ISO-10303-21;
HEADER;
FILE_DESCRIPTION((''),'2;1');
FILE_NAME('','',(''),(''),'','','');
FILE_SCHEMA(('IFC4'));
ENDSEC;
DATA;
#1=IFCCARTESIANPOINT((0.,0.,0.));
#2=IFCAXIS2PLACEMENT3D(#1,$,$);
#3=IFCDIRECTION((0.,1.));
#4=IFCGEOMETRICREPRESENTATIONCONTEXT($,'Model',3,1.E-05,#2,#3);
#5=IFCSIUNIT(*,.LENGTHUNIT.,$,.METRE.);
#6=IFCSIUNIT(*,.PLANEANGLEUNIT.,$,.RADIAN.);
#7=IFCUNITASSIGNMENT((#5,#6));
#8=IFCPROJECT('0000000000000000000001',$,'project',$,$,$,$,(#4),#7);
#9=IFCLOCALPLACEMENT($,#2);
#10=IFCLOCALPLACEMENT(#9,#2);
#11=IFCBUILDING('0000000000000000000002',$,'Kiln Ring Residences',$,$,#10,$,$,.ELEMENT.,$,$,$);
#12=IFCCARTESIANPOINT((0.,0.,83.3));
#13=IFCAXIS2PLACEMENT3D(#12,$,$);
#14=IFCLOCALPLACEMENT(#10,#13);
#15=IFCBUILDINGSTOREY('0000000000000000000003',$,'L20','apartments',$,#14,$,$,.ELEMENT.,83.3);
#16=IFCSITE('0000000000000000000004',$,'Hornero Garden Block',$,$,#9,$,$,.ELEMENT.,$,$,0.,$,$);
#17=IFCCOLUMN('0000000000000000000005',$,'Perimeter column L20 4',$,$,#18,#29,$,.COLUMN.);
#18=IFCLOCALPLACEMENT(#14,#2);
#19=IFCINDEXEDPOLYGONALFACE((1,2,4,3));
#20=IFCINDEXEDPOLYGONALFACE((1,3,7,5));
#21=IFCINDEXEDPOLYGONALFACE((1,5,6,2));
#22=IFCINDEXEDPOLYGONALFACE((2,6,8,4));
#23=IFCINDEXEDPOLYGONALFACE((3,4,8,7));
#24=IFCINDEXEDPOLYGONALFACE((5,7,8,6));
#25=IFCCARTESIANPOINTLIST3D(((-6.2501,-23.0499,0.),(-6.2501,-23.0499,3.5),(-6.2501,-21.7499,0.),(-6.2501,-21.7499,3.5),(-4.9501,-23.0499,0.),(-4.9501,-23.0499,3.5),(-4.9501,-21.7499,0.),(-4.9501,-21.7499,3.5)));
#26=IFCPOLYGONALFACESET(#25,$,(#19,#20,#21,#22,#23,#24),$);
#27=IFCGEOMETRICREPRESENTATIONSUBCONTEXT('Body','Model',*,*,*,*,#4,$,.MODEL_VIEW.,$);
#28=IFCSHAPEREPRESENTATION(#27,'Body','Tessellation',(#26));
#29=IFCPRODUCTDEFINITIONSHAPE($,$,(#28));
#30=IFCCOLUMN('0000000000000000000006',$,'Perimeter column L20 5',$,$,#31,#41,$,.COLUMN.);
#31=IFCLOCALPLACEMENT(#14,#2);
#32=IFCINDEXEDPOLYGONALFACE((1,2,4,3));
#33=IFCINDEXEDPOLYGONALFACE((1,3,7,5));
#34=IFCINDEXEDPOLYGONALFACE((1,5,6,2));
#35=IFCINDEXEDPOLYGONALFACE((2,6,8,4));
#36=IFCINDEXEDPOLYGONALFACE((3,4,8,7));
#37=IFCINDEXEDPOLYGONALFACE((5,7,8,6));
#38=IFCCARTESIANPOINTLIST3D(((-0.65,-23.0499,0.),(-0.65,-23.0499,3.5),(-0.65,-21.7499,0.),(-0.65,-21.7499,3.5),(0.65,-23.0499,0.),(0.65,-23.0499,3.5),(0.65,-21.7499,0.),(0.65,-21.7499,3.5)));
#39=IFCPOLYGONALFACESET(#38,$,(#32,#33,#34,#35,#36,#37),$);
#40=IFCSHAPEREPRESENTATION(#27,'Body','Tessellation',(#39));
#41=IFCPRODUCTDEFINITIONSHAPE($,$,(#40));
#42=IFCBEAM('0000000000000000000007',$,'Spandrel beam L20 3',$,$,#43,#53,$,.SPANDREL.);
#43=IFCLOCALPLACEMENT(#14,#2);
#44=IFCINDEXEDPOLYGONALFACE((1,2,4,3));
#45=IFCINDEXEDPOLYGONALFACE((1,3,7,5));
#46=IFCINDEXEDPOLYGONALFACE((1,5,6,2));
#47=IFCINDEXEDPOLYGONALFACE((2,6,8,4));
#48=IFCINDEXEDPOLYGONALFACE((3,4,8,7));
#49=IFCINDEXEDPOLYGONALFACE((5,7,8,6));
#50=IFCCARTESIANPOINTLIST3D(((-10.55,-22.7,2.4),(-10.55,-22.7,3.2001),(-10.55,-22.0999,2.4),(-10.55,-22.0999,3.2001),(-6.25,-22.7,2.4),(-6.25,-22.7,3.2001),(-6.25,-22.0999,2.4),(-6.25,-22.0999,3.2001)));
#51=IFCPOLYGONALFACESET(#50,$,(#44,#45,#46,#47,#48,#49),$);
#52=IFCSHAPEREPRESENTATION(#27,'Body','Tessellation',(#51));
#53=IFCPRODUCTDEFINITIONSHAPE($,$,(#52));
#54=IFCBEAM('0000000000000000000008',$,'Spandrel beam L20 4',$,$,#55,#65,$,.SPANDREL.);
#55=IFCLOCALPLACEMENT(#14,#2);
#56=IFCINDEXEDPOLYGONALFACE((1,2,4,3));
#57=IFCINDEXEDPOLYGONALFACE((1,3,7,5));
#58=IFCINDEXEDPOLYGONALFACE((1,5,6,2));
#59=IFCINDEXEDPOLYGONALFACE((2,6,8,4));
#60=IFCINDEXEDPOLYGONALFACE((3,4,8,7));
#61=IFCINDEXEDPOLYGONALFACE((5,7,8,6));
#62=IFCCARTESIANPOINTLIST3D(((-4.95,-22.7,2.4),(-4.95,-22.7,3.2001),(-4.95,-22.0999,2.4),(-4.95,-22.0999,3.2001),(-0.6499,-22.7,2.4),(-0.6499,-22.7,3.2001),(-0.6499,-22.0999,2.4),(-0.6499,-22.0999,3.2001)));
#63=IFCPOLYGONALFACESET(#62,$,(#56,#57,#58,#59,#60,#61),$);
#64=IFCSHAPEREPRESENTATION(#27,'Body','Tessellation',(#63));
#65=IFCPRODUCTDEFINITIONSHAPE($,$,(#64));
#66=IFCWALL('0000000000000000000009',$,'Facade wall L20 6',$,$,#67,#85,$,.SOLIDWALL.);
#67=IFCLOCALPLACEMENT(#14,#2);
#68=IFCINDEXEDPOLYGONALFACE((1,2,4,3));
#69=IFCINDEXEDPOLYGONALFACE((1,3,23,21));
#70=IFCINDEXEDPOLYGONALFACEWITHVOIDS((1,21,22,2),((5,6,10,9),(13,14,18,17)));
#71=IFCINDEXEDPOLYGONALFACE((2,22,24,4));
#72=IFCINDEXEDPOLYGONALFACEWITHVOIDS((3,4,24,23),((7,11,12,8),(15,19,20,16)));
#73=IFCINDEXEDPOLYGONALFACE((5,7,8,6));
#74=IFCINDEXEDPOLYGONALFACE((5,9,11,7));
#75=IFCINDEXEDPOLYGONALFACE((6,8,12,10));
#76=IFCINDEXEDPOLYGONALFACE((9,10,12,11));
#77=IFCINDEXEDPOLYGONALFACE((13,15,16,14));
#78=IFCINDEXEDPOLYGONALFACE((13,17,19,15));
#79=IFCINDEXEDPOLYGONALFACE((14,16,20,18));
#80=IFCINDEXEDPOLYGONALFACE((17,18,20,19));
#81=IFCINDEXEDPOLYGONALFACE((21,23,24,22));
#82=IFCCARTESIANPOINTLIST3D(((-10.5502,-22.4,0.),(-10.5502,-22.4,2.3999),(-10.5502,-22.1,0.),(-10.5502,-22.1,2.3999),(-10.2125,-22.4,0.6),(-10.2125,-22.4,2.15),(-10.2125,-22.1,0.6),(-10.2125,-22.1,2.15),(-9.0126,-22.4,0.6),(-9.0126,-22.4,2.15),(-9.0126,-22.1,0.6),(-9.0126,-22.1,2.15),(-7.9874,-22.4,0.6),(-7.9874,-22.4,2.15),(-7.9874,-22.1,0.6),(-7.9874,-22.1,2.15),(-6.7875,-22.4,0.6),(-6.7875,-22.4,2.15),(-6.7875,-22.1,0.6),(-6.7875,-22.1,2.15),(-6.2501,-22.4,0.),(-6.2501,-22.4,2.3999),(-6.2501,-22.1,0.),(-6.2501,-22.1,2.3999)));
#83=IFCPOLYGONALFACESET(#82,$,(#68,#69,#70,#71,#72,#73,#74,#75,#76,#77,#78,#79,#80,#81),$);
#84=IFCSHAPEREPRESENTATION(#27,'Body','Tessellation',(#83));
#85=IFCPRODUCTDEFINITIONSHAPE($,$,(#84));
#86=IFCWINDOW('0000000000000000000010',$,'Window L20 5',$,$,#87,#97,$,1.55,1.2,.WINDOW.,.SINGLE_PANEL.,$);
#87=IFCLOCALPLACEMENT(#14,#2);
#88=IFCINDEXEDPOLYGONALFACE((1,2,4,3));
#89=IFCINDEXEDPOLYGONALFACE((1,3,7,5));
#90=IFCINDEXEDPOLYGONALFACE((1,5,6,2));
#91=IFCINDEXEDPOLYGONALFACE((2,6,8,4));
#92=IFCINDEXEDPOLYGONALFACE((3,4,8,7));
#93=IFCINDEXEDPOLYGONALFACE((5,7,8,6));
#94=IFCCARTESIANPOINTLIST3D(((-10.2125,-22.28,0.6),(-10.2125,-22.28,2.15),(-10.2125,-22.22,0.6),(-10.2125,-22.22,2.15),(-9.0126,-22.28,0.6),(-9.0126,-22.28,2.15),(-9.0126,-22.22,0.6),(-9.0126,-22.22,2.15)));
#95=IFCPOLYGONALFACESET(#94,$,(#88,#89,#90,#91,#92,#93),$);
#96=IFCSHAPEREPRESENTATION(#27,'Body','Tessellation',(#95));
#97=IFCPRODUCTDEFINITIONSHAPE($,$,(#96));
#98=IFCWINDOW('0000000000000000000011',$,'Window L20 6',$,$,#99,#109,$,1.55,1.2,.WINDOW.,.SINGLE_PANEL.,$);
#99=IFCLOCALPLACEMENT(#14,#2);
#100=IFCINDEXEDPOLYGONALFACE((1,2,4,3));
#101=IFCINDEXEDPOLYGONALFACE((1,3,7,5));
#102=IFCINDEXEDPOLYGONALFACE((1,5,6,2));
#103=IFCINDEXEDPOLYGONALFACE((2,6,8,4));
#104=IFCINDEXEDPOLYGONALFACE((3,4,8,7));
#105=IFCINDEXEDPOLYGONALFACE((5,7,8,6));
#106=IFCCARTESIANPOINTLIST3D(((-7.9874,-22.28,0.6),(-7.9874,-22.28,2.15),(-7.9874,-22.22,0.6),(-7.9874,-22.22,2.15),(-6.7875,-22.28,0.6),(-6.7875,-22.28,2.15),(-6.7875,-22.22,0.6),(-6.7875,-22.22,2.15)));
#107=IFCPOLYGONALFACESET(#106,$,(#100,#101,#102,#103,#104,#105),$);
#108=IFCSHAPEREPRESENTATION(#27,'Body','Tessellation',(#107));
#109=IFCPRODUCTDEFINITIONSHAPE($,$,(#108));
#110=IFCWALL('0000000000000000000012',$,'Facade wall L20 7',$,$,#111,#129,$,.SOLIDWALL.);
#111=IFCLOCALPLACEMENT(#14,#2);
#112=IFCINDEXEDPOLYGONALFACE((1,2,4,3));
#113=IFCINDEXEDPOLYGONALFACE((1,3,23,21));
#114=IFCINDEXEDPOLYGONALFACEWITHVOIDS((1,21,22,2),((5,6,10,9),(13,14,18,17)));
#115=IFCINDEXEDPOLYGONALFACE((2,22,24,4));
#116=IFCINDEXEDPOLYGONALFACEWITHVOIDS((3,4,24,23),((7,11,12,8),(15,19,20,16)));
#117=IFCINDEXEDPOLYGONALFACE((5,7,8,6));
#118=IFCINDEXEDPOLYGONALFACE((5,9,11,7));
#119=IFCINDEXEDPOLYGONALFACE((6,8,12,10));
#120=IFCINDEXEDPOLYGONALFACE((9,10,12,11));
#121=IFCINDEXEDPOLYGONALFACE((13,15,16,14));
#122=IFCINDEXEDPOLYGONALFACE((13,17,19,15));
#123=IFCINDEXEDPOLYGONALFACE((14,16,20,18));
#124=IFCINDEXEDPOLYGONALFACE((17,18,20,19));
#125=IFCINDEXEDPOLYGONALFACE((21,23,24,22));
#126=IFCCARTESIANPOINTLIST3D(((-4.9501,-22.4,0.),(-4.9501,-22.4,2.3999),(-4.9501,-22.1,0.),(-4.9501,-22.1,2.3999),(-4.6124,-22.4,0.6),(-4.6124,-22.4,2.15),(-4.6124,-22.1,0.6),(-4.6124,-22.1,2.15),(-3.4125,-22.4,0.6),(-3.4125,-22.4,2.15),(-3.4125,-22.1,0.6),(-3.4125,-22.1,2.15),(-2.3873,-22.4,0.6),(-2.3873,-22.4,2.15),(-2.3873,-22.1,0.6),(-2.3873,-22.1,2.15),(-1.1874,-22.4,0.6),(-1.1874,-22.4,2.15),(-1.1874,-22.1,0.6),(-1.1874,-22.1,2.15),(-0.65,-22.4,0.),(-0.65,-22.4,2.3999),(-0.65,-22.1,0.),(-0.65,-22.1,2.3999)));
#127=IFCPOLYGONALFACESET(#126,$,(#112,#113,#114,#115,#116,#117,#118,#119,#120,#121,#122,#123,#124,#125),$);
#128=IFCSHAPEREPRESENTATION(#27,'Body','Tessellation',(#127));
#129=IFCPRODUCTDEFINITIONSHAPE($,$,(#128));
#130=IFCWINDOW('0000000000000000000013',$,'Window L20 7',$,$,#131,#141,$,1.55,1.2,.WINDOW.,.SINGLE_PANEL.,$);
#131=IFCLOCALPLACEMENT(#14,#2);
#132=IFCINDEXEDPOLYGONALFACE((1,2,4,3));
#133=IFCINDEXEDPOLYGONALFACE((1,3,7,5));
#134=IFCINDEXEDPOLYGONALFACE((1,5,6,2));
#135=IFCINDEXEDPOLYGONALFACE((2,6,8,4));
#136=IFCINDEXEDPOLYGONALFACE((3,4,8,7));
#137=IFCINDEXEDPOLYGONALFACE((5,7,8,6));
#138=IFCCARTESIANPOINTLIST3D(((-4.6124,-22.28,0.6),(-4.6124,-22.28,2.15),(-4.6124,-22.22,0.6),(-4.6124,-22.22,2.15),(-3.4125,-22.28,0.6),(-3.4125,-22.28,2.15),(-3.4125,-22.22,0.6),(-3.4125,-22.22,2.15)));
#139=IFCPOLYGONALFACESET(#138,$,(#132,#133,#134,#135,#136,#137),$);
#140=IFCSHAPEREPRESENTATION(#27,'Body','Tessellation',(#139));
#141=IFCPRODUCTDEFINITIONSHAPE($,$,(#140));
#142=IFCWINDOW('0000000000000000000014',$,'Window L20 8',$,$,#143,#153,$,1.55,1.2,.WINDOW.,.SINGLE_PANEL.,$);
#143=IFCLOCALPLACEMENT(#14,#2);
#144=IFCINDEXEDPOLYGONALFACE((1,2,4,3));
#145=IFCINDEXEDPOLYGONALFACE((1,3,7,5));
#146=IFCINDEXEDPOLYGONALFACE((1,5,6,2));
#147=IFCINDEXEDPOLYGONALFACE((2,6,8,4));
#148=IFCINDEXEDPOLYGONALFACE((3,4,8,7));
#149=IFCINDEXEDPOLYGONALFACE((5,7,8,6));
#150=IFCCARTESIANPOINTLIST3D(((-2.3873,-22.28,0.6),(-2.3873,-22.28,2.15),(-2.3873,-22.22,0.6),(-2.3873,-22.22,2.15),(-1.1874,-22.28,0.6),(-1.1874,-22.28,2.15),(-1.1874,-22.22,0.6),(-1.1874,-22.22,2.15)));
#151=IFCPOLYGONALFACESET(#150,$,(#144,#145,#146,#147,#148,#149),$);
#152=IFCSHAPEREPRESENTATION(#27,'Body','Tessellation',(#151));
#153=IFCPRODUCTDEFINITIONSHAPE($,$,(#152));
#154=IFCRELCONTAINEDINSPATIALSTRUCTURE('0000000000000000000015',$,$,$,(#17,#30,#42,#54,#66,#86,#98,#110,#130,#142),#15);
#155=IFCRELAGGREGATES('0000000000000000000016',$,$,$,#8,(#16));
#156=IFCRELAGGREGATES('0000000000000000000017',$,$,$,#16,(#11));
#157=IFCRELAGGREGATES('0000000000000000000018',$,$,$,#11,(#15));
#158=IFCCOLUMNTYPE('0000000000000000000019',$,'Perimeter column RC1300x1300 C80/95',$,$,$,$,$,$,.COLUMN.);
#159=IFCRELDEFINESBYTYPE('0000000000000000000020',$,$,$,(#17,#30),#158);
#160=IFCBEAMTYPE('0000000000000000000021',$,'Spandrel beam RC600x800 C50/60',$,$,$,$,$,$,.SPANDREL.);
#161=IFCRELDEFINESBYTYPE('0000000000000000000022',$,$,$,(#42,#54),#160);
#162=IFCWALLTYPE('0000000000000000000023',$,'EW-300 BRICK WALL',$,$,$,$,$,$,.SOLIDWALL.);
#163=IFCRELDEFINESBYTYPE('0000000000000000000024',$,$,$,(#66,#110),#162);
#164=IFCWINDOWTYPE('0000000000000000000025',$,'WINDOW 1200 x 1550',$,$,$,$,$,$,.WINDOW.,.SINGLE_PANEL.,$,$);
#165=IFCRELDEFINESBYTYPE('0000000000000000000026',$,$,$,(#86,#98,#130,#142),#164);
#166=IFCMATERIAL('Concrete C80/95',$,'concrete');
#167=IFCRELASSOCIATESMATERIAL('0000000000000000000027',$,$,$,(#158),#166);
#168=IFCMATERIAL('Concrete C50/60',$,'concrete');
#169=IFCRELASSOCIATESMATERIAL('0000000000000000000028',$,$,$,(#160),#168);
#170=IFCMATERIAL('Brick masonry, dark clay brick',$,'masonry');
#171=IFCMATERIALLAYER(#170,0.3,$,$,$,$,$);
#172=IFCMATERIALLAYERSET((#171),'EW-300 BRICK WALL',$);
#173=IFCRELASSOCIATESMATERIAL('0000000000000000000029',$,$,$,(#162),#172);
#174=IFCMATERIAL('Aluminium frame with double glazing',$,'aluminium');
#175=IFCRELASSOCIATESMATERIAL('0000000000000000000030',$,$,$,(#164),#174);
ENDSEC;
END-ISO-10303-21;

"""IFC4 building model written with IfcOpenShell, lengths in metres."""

from ifc_helpers import new_model, si_unit, direction, frame, frame_2d, origin, origin_2d, place, context, subcontext, project, spatial, rectangle, extrude, material, layer, layer_set, material_profile, profile_set, type_object, element, fill, save


model = new_model("IFC4")

# Units and contexts
model_context = context("Model", 3, precision=1e-05, world=origin(), true_north=direction((0.0, 1.0)))
body_context = subcontext(model_context, "Body", "Model", "MODEL_VIEW")
ifc_project = project(units=[si_unit("LENGTHUNIT", "METRE"), si_unit("PLANEANGLEUNIT", "RADIAN")], contexts=[model_context])

# Site, building, storey
site_placement = place(None, origin())
site = spatial("IfcSite", under=ifc_project, at=site_placement, Name="Hornero Garden Block", CompositionType="ELEMENT", RefElevation=0.0)
building_placement = place(site_placement, origin())
building = spatial("IfcBuilding", under=site, at=building_placement, Name="Kiln Ring Residences", CompositionType="ELEMENT")
storey_placement = place(building_placement, frame((0.0, 0.0, 83.3)))
storey = spatial("IfcBuildingStorey", under=building, at=storey_placement, Name="L20", Description="apartments", CompositionType="ELEMENT", Elevation=83.3)

# Columns
ifc_material_1 = material(Name="Concrete C80/95", Category="concrete")
ifc_material_profile_1 = material_profile(ifc_material_1, rectangle(XDim=1.3, YDim=1.3, at=origin_2d()), Name="RC1300x1300")
ifc_profile_set_1 = profile_set([ifc_material_profile_1], Name="Concrete C80/95")
column_type = type_object("IfcColumnType", Name="Perimeter column RC1300x1300 C80/95", PredefinedType="COLUMN", material=ifc_profile_set_1)
for number, where, z_axis, x_axis, name in (
    (1, (-5.6001, -22.3999, 0.0), (0.0, 0.0, 1.0), (1.0, 0.0, 0.0), "Perimeter column L20 4"),
    (2, (0.0, -22.3999, 0.0), (0.0, 0.0, 1.0), (1.0, 0.0, 0.0), "Perimeter column L20 5"),
):
    element("IfcColumn", number, at=place(storey_placement, frame(where, z_axis=z_axis, x_axis=x_axis)), inside=storey, type_object=column_type, Name=name, PredefinedType="COLUMN", context=body_context, shape_type="SweptSolid", body=[
        extrude(rectangle(XDim=1.3, YDim=1.3, at=origin_2d()), origin(), (0.0, 0.0, 1.0), 3.5),
    ])

# Beams
ifc_material_2 = material(Name="Concrete C50/60", Category="concrete")
ifc_material_profile_2 = material_profile(ifc_material_2, rectangle(XDim=0.6001, YDim=0.8, at=origin_2d()), Name="RC600x800")
ifc_profile_set_2 = profile_set([ifc_material_profile_2], Name="Concrete C50/60")
beam_type = type_object("IfcBeamType", Name="Spandrel beam RC600x800 C50/60", PredefinedType="SPANDREL", material=ifc_profile_set_2)
for number, where, z_axis, x_axis, name in (
    (3, (-10.55, -22.3999, 2.8), (1.0, 0.0, 0.0), (0.0, 1.0, 0.0), "Spandrel beam L20 3"),
    (4, (-4.95, -22.3999, 2.8), (1.0, 0.0, 0.0), (0.0, 1.0, 0.0), "Spandrel beam L20 4"),
):
    element("IfcBeam", number, at=place(storey_placement, frame(where, z_axis=z_axis, x_axis=x_axis)), inside=storey, type_object=beam_type, Name=name, PredefinedType="SPANDREL", context=body_context, shape_type="SweptSolid", body=[
        extrude(rectangle(XDim=0.6001, YDim=0.8, at=origin_2d()), origin(), (0.0, 0.0, 1.0), 4.3),
    ])

# Walls, openings, windows
ifc_material_3 = material(Name="Brick masonry, dark clay brick", Category="masonry")
ifc_layer_1 = layer(ifc_material_3, 0.3)
ifc_layer_set_1 = layer_set([ifc_layer_1], Name="EW-300 BRICK WALL")
wall_type_1 = type_object("IfcWallType", Name="EW-300 BRICK WALL", PredefinedType="SOLIDWALL", material=ifc_layer_set_1)
wall_1_placement = place(storey_placement, frame((-10.55, -22.25, 0.0), z_axis=(0.0, 0.0, 1.0), x_axis=(1.0, 0.0, 0.0)))
wall_1 = element("IfcWall", 5, at=wall_1_placement, inside=storey, type_object=wall_type_1, Name="Facade wall L20 6", PredefinedType="SOLIDWALL", context=body_context, shape_type="SweptSolid", body=[
    extrude(rectangle(XDim=4.3, YDim=0.3, at=frame_2d((2.1499, 0.0))), origin(), (0.0, 0.0, 1.0), 2.3999),
])
opening_1_placement = place(wall_1_placement, frame((0.3374, 0.0, 0.6001)))
opening_1 = element("IfcOpeningElement", 6, at=opening_1_placement, cuts=wall_1, PredefinedType="OPENING", context=body_context, shape_type="SweptSolid", body=[
    extrude(rectangle(XDim=1.2, YDim=1.55, at=frame_2d((0.6001, 0.7749))), frame((0.0, 0.1599, 0.0), z_axis=(0.0, -1.0, 0.0), x_axis=(1.0, 0.0, 0.0)), (0.0, 0.0, 1.0), 0.3201),
])
opening_2_placement = place(wall_1_placement, frame((2.5625, 0.0, 0.6001)))
opening_2 = element("IfcOpeningElement", 7, at=opening_2_placement, cuts=wall_1, PredefinedType="OPENING", context=body_context, shape_type="SweptSolid", body=[
    extrude(rectangle(XDim=1.2, YDim=1.55, at=frame_2d((0.6001, 0.7749))), frame((0.0, 0.1599, 0.0), z_axis=(0.0, -1.0, 0.0), x_axis=(1.0, 0.0, 0.0)), (0.0, 0.0, 1.0), 0.3201),
])
ifc_material_4 = material(Name="Aluminium frame with double glazing", Category="aluminium")
window_type = type_object("IfcWindowType", Name="WINDOW 1200 x 1550", PartitioningType="SINGLE_PANEL", PredefinedType="WINDOW", material=ifc_material_4)
window_1_placement = place(opening_1_placement, origin())
window_1 = element("IfcWindow", 8, at=window_1_placement, inside=storey, type_object=window_type, Name="Window L20 5", OverallHeight=1.55, OverallWidth=1.2, PartitioningType="SINGLE_PANEL", PredefinedType="WINDOW", context=body_context, shape_type="SweptSolid", body=[
    extrude(rectangle(XDim=1.2, YDim=1.55, at=frame_2d((0.6001, 0.7749))), frame((0.0, 0.03, 0.0), z_axis=(0.0, -1.0, 0.0), x_axis=(1.0, 0.0, 0.0)), (0.0, 0.0, 1.0), 0.0601),
])
fill(opening_1, window_1)
window_2_placement = place(opening_2_placement, origin())
window_2 = element("IfcWindow", 9, at=window_2_placement, inside=storey, type_object=window_type, Name="Window L20 6", OverallHeight=1.55, OverallWidth=1.2, PartitioningType="SINGLE_PANEL", PredefinedType="WINDOW", context=body_context, shape_type="SweptSolid", body=[
    extrude(rectangle(XDim=1.2, YDim=1.55, at=frame_2d((0.6001, 0.7749))), frame((0.0, 0.03, 0.0), z_axis=(0.0, -1.0, 0.0), x_axis=(1.0, 0.0, 0.0)), (0.0, 0.0, 1.0), 0.0601),
])
fill(opening_2, window_2)
wall_2_placement = place(storey_placement, frame((-4.95, -22.25, 0.0), z_axis=(0.0, 0.0, 1.0), x_axis=(1.0, 0.0, 0.0)))
wall_2 = element("IfcWall", 10, at=wall_2_placement, inside=storey, type_object=wall_type_1, Name="Facade wall L20 7", PredefinedType="SOLIDWALL", context=body_context, shape_type="SweptSolid", body=[
    extrude(rectangle(XDim=4.3, YDim=0.3, at=frame_2d((2.1499, 0.0))), origin(), (0.0, 0.0, 1.0), 2.3999),
])
opening_3_placement = place(wall_2_placement, frame((0.3374, 0.0, 0.6001)))
opening_3 = element("IfcOpeningElement", 11, at=opening_3_placement, cuts=wall_2, PredefinedType="OPENING", context=body_context, shape_type="SweptSolid", body=[
    extrude(rectangle(XDim=1.2, YDim=1.55, at=frame_2d((0.6001, 0.7749))), frame((0.0, 0.1599, 0.0), z_axis=(0.0, -1.0, 0.0), x_axis=(1.0, 0.0, 0.0)), (0.0, 0.0, 1.0), 0.3201),
])
opening_4_placement = place(wall_2_placement, frame((2.5625, 0.0, 0.6001)))
opening_4 = element("IfcOpeningElement", 12, at=opening_4_placement, cuts=wall_2, PredefinedType="OPENING", context=body_context, shape_type="SweptSolid", body=[
    extrude(rectangle(XDim=1.2, YDim=1.55, at=frame_2d((0.6001, 0.7749))), frame((0.0, 0.1599, 0.0), z_axis=(0.0, -1.0, 0.0), x_axis=(1.0, 0.0, 0.0)), (0.0, 0.0, 1.0), 0.3201),
])
window_3_placement = place(opening_3_placement, origin())
window_3 = element("IfcWindow", 13, at=window_3_placement, inside=storey, type_object=window_type, Name="Window L20 7", OverallHeight=1.55, OverallWidth=1.2, PartitioningType="SINGLE_PANEL", PredefinedType="WINDOW", context=body_context, shape_type="SweptSolid", body=[
    extrude(rectangle(XDim=1.2, YDim=1.55, at=frame_2d((0.6001, 0.7749))), frame((0.0, 0.03, 0.0), z_axis=(0.0, -1.0, 0.0), x_axis=(1.0, 0.0, 0.0)), (0.0, 0.0, 1.0), 0.0601),
])
fill(opening_3, window_3)
window_4_placement = place(opening_4_placement, origin())
window_4 = element("IfcWindow", 14, at=window_4_placement, inside=storey, type_object=window_type, Name="Window L20 8", OverallHeight=1.55, OverallWidth=1.2, PartitioningType="SINGLE_PANEL", PredefinedType="WINDOW", context=body_context, shape_type="SweptSolid", body=[
    extrude(rectangle(XDim=1.2, YDim=1.55, at=frame_2d((0.6001, 0.7749))), frame((0.0, 0.03, 0.0), z_axis=(0.0, -1.0, 0.0), x_axis=(1.0, 0.0, 0.0)), (0.0, 0.0, 1.0), 0.0601),
])
fill(opening_4, window_4)

save(model, "model.ifc")
